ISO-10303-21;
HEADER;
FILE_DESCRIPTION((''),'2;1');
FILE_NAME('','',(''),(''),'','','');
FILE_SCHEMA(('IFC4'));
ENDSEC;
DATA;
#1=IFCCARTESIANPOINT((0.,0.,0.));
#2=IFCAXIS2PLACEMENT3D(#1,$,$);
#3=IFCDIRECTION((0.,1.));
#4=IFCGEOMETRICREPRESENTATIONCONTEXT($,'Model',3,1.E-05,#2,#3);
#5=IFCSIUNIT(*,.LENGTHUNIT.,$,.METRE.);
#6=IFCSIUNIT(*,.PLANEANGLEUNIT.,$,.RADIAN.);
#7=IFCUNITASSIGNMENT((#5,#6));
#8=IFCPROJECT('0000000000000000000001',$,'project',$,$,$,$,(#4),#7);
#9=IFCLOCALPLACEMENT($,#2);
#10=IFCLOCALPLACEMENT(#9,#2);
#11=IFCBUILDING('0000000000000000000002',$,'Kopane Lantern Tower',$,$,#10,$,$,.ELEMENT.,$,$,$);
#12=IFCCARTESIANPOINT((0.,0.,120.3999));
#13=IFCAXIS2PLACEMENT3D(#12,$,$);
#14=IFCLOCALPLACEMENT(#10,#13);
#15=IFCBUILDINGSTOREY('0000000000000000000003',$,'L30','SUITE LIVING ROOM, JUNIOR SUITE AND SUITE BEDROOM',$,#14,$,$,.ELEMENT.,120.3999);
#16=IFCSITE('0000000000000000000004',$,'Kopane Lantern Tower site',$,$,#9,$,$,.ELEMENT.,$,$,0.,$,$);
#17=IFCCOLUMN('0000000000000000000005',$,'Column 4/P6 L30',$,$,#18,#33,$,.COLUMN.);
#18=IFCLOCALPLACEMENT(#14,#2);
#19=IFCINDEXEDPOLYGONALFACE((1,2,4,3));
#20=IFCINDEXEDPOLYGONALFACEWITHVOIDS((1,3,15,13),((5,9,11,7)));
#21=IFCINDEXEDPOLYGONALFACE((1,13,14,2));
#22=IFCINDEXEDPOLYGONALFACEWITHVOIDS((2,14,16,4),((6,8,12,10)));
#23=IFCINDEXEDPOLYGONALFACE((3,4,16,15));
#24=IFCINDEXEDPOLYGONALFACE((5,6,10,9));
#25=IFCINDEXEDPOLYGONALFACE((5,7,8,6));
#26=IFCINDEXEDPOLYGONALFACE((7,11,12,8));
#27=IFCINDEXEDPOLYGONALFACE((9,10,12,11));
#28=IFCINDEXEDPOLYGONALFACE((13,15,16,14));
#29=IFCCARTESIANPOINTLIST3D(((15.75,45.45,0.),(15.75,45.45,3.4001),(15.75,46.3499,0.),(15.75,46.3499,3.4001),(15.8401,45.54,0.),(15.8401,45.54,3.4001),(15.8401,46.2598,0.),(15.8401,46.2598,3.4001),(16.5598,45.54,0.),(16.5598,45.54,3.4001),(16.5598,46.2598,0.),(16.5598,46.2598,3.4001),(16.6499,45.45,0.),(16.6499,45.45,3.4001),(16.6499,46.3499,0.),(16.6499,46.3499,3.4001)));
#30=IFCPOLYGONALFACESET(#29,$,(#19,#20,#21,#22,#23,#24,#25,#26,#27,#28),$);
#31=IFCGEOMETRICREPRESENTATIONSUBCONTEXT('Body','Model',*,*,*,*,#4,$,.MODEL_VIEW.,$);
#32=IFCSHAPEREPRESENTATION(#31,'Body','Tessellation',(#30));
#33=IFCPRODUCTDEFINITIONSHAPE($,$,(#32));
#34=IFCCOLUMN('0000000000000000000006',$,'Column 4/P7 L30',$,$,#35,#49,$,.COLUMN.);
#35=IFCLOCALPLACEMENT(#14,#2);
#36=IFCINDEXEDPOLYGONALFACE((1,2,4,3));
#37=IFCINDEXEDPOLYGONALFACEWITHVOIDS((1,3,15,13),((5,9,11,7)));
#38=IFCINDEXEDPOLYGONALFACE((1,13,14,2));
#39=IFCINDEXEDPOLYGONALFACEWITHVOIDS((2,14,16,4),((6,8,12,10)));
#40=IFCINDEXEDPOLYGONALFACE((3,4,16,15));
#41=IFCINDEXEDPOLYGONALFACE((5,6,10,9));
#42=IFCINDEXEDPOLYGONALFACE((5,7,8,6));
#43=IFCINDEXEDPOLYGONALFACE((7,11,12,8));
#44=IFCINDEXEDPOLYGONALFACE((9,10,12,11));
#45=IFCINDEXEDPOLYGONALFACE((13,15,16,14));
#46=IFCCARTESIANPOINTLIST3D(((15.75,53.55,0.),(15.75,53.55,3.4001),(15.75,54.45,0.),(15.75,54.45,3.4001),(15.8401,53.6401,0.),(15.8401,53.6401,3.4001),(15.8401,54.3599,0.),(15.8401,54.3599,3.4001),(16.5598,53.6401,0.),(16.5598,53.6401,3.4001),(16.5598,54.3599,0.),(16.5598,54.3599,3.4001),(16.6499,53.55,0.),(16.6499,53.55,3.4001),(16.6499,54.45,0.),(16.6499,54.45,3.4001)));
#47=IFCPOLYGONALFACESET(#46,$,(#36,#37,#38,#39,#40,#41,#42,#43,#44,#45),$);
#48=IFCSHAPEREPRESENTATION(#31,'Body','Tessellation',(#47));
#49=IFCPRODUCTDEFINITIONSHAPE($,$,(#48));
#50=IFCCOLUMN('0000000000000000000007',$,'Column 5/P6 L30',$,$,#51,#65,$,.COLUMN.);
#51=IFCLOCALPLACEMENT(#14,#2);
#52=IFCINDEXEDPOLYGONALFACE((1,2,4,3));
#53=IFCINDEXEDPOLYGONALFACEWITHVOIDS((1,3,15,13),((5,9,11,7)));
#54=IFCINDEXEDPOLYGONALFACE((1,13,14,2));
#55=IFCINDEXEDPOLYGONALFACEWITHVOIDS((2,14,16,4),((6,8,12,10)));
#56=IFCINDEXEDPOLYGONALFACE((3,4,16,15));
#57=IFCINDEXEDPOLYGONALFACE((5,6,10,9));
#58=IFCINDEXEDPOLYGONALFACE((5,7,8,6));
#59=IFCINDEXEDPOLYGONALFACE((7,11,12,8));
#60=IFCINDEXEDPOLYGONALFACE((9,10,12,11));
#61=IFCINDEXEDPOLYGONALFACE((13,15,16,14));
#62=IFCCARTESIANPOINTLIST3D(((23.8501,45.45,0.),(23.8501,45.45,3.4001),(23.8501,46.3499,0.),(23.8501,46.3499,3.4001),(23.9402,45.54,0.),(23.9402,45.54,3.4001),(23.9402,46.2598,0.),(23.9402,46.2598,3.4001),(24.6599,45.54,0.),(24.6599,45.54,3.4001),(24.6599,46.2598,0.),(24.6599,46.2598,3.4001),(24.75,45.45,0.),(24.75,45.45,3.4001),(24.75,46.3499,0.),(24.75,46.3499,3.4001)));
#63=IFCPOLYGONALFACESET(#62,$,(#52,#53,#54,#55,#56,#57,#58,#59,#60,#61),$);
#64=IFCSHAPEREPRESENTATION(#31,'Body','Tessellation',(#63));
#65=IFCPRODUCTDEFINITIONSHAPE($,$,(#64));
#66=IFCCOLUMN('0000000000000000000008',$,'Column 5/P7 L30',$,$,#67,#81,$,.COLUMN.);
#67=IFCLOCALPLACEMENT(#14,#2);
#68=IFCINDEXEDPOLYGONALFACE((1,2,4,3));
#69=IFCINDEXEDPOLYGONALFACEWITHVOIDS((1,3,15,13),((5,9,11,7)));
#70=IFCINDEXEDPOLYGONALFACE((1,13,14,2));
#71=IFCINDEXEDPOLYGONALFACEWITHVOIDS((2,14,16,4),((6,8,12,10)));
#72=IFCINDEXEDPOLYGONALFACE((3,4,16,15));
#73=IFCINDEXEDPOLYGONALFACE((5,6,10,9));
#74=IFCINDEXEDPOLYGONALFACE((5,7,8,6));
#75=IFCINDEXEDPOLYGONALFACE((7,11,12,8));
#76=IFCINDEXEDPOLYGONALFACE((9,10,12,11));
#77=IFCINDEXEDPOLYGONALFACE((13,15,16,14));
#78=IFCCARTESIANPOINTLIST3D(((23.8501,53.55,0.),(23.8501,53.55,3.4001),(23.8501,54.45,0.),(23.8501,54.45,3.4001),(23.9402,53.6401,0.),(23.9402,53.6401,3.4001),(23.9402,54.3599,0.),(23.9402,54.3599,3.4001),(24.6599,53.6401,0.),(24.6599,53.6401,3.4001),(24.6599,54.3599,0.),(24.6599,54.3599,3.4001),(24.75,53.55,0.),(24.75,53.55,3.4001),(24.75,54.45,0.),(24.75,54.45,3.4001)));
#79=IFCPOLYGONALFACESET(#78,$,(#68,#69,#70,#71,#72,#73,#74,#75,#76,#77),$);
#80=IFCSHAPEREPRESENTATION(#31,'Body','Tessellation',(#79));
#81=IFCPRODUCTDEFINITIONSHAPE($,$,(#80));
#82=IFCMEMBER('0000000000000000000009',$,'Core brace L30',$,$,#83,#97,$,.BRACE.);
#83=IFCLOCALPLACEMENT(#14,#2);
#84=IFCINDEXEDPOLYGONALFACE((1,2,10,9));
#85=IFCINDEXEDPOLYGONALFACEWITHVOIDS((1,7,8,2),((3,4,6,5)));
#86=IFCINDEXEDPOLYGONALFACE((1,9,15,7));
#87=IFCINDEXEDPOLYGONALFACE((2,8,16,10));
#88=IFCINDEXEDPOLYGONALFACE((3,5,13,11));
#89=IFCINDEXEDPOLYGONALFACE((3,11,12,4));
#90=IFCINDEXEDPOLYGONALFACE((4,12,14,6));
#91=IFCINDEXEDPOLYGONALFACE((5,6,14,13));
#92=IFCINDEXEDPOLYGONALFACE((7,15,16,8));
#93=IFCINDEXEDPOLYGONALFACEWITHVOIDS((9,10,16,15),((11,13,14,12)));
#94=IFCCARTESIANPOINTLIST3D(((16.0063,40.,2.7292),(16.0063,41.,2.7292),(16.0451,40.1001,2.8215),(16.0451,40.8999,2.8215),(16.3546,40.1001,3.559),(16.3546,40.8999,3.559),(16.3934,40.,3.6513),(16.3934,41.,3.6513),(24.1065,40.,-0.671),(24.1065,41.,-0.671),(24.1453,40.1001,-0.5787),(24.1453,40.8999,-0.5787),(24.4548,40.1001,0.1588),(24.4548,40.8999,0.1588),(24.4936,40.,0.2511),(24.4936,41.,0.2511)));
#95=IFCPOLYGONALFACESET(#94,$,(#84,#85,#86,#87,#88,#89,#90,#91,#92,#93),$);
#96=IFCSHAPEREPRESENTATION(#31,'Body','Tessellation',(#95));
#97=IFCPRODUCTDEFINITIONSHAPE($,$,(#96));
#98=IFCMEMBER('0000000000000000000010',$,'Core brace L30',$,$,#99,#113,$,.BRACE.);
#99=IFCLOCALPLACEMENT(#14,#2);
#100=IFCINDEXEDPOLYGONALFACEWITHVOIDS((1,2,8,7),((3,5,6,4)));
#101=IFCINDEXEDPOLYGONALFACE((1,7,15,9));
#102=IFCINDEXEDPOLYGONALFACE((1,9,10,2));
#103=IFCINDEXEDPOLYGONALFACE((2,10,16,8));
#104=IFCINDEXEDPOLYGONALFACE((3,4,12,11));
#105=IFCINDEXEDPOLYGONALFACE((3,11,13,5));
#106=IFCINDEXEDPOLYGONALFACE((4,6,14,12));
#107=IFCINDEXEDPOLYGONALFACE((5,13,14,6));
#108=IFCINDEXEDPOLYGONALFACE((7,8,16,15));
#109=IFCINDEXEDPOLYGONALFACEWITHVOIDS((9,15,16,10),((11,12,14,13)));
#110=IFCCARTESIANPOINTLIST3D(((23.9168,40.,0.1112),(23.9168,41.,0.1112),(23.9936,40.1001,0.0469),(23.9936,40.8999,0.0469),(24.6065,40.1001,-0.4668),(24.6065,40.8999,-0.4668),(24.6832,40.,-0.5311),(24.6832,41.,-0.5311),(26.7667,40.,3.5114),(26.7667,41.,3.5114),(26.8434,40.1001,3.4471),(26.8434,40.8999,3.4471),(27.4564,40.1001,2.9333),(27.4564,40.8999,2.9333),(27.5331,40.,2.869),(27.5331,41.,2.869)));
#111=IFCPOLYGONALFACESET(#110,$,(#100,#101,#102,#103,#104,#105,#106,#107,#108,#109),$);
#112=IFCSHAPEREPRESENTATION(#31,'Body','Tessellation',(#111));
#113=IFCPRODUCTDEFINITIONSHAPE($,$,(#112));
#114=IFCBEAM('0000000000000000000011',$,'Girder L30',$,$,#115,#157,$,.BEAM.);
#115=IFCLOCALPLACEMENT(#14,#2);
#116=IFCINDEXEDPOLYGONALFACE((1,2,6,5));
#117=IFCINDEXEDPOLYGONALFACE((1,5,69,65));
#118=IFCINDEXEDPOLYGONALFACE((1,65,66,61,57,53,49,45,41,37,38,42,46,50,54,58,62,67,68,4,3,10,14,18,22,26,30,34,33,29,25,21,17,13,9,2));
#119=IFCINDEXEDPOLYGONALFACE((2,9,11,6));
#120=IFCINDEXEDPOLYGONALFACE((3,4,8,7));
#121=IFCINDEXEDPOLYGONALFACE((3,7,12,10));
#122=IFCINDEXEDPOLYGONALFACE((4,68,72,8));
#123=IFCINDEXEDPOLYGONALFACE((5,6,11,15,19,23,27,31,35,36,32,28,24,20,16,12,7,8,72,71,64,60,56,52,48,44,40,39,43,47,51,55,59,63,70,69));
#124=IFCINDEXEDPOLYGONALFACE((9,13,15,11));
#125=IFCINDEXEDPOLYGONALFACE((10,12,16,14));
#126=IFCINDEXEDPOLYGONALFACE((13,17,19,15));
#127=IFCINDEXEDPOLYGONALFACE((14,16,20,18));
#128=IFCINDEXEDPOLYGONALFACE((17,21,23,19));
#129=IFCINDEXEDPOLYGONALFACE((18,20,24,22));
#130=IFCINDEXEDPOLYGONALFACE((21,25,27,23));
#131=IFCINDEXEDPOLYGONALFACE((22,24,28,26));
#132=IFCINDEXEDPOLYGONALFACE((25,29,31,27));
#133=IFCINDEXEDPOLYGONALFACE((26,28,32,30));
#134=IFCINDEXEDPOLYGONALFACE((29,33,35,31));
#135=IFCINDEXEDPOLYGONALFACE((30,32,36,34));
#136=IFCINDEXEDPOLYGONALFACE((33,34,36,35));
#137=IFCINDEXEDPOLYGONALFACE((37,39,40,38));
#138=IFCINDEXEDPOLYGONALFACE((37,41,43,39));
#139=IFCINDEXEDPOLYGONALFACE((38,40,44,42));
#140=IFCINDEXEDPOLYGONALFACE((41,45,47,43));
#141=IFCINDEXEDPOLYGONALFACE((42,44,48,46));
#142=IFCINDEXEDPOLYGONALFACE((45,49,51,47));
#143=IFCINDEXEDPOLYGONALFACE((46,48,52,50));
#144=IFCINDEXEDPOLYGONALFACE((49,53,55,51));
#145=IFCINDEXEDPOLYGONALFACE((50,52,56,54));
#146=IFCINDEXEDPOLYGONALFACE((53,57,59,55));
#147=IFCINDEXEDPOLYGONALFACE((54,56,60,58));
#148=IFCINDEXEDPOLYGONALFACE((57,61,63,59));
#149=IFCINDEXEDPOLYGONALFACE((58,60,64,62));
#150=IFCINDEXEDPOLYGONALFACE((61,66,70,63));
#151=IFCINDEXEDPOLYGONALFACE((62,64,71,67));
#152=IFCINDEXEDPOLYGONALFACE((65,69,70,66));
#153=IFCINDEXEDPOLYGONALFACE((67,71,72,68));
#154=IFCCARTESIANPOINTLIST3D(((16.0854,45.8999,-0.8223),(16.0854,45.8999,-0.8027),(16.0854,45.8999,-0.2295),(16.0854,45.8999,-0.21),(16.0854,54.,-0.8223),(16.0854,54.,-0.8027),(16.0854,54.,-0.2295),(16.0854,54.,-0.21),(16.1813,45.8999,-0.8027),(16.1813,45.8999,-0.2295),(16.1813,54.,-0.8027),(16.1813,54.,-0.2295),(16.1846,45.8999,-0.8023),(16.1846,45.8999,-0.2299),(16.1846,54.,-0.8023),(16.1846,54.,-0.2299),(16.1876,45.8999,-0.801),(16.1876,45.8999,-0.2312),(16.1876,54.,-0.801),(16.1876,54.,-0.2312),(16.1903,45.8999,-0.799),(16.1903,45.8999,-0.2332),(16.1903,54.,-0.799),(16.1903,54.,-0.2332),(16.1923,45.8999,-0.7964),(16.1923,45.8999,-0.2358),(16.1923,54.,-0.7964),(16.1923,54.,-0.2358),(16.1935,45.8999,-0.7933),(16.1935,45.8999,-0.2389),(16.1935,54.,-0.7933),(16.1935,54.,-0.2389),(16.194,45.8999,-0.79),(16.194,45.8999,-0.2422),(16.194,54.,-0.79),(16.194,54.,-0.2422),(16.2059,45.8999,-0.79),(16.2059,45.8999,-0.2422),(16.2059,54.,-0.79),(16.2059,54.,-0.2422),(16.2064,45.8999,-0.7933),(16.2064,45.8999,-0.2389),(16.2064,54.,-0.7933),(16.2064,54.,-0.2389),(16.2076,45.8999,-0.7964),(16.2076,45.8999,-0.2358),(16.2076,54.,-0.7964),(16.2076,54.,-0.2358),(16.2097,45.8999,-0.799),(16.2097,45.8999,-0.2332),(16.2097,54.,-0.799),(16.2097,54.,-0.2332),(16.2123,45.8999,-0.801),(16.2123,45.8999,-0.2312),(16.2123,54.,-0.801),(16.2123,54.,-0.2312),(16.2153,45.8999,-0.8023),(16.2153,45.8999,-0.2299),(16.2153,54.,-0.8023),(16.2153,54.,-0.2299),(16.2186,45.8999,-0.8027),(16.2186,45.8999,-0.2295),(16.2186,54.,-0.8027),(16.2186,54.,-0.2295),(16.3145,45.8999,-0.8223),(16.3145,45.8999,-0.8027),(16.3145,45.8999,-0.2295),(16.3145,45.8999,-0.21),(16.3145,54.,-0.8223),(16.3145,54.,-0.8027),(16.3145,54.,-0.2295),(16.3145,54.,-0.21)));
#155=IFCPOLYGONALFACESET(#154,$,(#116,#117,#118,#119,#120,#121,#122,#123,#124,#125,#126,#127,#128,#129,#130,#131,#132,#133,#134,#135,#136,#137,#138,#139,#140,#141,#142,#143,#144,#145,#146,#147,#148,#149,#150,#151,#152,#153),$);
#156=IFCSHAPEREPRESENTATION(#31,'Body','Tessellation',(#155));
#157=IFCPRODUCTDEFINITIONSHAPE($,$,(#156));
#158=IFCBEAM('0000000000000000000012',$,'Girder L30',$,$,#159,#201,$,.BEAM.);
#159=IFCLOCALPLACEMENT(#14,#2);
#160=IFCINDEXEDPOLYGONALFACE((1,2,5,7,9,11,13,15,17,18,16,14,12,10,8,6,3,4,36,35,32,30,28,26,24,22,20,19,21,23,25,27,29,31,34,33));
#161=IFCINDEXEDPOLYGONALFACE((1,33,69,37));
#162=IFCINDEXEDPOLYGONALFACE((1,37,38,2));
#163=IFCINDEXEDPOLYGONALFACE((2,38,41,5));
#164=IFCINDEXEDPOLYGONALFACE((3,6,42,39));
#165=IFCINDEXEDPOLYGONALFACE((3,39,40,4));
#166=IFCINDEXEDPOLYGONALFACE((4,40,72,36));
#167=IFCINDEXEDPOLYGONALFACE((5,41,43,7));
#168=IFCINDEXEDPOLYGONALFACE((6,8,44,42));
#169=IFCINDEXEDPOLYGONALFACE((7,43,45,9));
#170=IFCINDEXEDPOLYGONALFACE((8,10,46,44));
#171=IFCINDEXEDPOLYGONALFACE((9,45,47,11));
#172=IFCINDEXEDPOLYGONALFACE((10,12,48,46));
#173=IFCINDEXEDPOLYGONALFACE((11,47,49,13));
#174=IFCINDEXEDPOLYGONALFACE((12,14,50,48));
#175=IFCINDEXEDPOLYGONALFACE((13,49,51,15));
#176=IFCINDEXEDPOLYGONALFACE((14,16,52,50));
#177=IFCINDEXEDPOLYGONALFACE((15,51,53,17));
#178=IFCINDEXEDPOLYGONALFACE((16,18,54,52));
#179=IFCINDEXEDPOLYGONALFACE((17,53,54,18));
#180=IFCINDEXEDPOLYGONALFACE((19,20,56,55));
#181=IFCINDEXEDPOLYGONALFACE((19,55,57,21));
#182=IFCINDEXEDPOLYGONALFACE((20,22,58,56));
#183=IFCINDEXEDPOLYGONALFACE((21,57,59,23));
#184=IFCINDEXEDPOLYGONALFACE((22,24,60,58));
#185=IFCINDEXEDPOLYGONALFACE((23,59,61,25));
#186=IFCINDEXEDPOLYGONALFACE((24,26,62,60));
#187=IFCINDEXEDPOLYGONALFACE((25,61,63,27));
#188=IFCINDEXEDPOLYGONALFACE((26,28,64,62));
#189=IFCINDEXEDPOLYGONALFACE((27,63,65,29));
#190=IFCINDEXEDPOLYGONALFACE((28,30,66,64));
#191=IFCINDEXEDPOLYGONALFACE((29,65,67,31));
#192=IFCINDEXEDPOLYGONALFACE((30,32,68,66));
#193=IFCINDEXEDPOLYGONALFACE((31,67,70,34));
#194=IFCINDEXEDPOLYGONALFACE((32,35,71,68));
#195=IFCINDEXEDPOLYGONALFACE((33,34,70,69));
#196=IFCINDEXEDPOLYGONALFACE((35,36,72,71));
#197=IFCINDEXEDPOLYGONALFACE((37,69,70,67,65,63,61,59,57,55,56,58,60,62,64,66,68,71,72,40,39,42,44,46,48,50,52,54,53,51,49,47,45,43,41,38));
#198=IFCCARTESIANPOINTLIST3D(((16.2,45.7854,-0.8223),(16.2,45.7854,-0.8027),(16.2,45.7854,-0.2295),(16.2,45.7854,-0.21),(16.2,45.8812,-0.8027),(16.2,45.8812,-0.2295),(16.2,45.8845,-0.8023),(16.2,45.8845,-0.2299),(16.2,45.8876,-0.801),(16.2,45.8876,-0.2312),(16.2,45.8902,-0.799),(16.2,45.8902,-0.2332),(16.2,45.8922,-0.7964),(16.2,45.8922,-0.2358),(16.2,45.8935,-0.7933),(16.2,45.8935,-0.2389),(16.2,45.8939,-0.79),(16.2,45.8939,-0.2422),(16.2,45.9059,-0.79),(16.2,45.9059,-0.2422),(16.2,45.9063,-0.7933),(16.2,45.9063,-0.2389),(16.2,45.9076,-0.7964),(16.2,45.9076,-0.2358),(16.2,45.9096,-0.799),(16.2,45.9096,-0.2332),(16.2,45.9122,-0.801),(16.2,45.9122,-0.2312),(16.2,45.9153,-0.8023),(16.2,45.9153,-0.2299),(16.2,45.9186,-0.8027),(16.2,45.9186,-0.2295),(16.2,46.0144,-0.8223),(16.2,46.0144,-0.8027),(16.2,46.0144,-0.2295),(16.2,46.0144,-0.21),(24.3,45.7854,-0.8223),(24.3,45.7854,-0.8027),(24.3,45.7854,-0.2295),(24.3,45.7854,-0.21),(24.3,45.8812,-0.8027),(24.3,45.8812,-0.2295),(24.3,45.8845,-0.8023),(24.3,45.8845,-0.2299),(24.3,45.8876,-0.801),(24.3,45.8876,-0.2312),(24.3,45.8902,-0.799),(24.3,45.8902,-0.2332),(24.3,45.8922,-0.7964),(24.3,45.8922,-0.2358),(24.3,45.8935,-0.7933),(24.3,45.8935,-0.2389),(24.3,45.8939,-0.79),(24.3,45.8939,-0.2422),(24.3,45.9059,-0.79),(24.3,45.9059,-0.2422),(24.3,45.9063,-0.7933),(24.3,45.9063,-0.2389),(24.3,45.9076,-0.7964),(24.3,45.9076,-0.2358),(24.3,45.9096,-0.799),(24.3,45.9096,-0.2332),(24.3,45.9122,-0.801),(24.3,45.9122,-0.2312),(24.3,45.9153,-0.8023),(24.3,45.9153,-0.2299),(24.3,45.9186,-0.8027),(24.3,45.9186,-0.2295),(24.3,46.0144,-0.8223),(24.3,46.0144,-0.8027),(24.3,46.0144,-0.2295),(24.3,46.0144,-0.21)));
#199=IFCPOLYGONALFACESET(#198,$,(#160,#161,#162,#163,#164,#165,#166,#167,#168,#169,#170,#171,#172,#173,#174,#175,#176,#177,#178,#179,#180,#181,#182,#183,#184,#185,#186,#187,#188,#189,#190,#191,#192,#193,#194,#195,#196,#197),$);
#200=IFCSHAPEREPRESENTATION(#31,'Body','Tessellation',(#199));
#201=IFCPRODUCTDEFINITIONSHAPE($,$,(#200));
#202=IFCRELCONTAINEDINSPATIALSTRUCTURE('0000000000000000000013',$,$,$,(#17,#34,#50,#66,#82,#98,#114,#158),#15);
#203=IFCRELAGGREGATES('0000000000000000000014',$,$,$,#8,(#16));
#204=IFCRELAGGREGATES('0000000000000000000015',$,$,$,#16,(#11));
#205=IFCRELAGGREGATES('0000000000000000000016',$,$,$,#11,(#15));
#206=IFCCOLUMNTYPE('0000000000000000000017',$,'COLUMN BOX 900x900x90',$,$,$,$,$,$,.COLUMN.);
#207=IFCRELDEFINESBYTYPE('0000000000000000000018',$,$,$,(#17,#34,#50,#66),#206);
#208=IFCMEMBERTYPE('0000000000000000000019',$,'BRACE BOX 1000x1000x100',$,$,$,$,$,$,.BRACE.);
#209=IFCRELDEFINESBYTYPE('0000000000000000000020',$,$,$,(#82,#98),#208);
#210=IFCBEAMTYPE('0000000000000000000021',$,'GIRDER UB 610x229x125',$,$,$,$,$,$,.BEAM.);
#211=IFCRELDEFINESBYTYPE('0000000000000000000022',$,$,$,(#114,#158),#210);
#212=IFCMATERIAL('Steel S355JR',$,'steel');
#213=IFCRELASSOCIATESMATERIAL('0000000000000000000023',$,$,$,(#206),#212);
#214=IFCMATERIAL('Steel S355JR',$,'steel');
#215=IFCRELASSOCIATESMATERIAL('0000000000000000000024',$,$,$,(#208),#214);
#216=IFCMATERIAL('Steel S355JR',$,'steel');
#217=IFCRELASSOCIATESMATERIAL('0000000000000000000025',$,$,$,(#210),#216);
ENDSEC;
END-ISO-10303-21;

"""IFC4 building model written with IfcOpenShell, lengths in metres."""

from ifc_helpers import new_model, si_unit, direction, frame, origin, origin_2d, place, context, subcontext, project, spatial, hollow_rectangle, i_section, extrude, material, material_profile, profile_set, type_object, element, save


model = new_model("IFC4")

# Units and contexts
model_context = context("Model", 3, precision=1e-05, world=origin(), true_north=direction((0.0, 1.0)))
body_context = subcontext(model_context, "Body", "Model", "MODEL_VIEW")
ifc_project = project(units=[si_unit("LENGTHUNIT", "METRE"), si_unit("PLANEANGLEUNIT", "RADIAN")], contexts=[model_context])

# Site, building, storey
site_placement = place(None, origin())
site = spatial("IfcSite", under=ifc_project, at=site_placement, Name="Kopane Lantern Tower site", CompositionType="ELEMENT", RefElevation=0.0)
building_placement = place(site_placement, origin())
building = spatial("IfcBuilding", under=site, at=building_placement, Name="Kopane Lantern Tower", CompositionType="ELEMENT")
storey_placement = place(building_placement, frame((0.0, 0.0, 120.3999)))
storey = spatial("IfcBuildingStorey", under=building, at=storey_placement, Name="L30", Description="SUITE LIVING ROOM, JUNIOR SUITE AND SUITE BEDROOM", CompositionType="ELEMENT", Elevation=120.3999)

# Columns
ifc_material_1 = material(Name="Steel S355JR", Category="steel")
ifc_material_profile_1 = material_profile(ifc_material_1, hollow_rectangle(XDim=0.8999, YDim=0.8999, WallThickness=0.0901, at=origin_2d()), Name="BOX 900x900x90")
ifc_profile_set_1 = profile_set([ifc_material_profile_1], Name="Steel S355JR")
column_type = type_object("IfcColumnType", Name="COLUMN BOX 900x900x90", PredefinedType="COLUMN", material=ifc_profile_set_1)
for number, where, z_axis, x_axis, name in (
    (1, (16.2, 45.8999, 0.0), (0.0, 0.0, 1.0), (1.0, 0.0, 0.0), "Column 4/P6 L30"),
    (2, (16.2, 54.0, 0.0), (0.0, 0.0, 1.0), (1.0, 0.0, 0.0), "Column 4/P7 L30"),
    (3, (24.3, 45.8999, 0.0), (0.0, 0.0, 1.0), (1.0, 0.0, 0.0), "Column 5/P6 L30"),
    (4, (24.3, 54.0, 0.0), (0.0, 0.0, 1.0), (1.0, 0.0, 0.0), "Column 5/P7 L30"),
):
    element("IfcColumn", number, at=place(storey_placement, frame(where, z_axis=z_axis, x_axis=x_axis)), inside=storey, type_object=column_type, Name=name, PredefinedType="COLUMN", context=body_context, shape_type="SweptSolid", body=[
        extrude(hollow_rectangle(XDim=0.8999, YDim=0.8999, WallThickness=0.0901, at=origin_2d()), origin(), (0.0, 0.0, 1.0), 3.4001),
    ])

# Members
ifc_material_2 = material(Name="Steel S355JR", Category="steel")
ifc_material_profile_2 = material_profile(ifc_material_2, hollow_rectangle(XDim=1.0, YDim=1.0, WallThickness=0.1001, at=origin_2d()), Name="BOX 1000x1000x100")
ifc_profile_set_2 = profile_set([ifc_material_profile_2], Name="Steel S355JR")
member_type = type_object("IfcMemberType", Name="BRACE BOX 1000x1000x100", PredefinedType="BRACE", material=ifc_profile_set_2)
member_1_placement = place(storey_placement, frame((24.3, 40.5, -0.21), z_axis=(-0.922059, 0.0, 0.387049), x_axis=(0.0, -1.0, 0.0)))
element("IfcMember", 5, at=member_1_placement, inside=storey, type_object=member_type, Name="Core brace L30", PredefinedType="BRACE", context=body_context, shape_type="SweptSolid", body=[
    extrude(hollow_rectangle(XDim=1.0, YDim=1.0, WallThickness=0.1001, at=origin_2d()), origin(), (0.0, 0.0, 1.0), 8.7849),
])
member_2_placement = place(storey_placement, frame((24.3, 40.5, -0.21), z_axis=(0.642363, 0.0, 0.7664), x_axis=(0.0, 1.0, 0.0)))
element("IfcMember", 6, at=member_2_placement, inside=storey, type_object=member_type, Name="Core brace L30", PredefinedType="BRACE", context=body_context, shape_type="SweptSolid", body=[
    extrude(hollow_rectangle(XDim=1.0, YDim=1.0, WallThickness=0.1001, at=origin_2d()), origin(), (0.0, 0.0, 1.0), 4.4365),
])

# Beams
ifc_material_3 = material(Name="Steel S355JR", Category="steel")
ifc_material_profile_3 = material_profile(ifc_material_3, i_section(OverallWidth=0.229, OverallDepth=0.6123, WebThickness=0.012, FlangeThickness=0.0195, FilletRadius=0.0127, at=origin_2d()), Name="UB 610x229x125")
ifc_profile_set_3 = profile_set([ifc_material_profile_3], Name="Steel S355JR")
beam_type_1 = type_object("IfcBeamType", Name="GIRDER UB 610x229x125", PredefinedType="BEAM", material=ifc_profile_set_3)
for number, where, z_axis, x_axis, name in (
    (7, (16.2, 45.8999, -0.5161), (0.0, 1.0, 0.0), (-1.0, 0.0, 0.0), "Girder L30"),
    (8, (16.2, 45.8999, -0.5161), (1.0, 0.0, 0.0), (0.0, 1.0, 0.0), "Girder L30"),
):
    element("IfcBeam", number, at=place(storey_placement, frame(where, z_axis=z_axis, x_axis=x_axis)), inside=storey, type_object=beam_type_1, Name=name, PredefinedType="BEAM", context=body_context, shape_type="SweptSolid", body=[
        extrude(i_section(OverallWidth=0.229, OverallDepth=0.6123, WebThickness=0.012, FlangeThickness=0.0195, FilletRadius=0.0127, at=origin_2d()), origin(), (0.0, 0.0, 1.0), 8.1001),
    ])

save(model, "model.ifc")
